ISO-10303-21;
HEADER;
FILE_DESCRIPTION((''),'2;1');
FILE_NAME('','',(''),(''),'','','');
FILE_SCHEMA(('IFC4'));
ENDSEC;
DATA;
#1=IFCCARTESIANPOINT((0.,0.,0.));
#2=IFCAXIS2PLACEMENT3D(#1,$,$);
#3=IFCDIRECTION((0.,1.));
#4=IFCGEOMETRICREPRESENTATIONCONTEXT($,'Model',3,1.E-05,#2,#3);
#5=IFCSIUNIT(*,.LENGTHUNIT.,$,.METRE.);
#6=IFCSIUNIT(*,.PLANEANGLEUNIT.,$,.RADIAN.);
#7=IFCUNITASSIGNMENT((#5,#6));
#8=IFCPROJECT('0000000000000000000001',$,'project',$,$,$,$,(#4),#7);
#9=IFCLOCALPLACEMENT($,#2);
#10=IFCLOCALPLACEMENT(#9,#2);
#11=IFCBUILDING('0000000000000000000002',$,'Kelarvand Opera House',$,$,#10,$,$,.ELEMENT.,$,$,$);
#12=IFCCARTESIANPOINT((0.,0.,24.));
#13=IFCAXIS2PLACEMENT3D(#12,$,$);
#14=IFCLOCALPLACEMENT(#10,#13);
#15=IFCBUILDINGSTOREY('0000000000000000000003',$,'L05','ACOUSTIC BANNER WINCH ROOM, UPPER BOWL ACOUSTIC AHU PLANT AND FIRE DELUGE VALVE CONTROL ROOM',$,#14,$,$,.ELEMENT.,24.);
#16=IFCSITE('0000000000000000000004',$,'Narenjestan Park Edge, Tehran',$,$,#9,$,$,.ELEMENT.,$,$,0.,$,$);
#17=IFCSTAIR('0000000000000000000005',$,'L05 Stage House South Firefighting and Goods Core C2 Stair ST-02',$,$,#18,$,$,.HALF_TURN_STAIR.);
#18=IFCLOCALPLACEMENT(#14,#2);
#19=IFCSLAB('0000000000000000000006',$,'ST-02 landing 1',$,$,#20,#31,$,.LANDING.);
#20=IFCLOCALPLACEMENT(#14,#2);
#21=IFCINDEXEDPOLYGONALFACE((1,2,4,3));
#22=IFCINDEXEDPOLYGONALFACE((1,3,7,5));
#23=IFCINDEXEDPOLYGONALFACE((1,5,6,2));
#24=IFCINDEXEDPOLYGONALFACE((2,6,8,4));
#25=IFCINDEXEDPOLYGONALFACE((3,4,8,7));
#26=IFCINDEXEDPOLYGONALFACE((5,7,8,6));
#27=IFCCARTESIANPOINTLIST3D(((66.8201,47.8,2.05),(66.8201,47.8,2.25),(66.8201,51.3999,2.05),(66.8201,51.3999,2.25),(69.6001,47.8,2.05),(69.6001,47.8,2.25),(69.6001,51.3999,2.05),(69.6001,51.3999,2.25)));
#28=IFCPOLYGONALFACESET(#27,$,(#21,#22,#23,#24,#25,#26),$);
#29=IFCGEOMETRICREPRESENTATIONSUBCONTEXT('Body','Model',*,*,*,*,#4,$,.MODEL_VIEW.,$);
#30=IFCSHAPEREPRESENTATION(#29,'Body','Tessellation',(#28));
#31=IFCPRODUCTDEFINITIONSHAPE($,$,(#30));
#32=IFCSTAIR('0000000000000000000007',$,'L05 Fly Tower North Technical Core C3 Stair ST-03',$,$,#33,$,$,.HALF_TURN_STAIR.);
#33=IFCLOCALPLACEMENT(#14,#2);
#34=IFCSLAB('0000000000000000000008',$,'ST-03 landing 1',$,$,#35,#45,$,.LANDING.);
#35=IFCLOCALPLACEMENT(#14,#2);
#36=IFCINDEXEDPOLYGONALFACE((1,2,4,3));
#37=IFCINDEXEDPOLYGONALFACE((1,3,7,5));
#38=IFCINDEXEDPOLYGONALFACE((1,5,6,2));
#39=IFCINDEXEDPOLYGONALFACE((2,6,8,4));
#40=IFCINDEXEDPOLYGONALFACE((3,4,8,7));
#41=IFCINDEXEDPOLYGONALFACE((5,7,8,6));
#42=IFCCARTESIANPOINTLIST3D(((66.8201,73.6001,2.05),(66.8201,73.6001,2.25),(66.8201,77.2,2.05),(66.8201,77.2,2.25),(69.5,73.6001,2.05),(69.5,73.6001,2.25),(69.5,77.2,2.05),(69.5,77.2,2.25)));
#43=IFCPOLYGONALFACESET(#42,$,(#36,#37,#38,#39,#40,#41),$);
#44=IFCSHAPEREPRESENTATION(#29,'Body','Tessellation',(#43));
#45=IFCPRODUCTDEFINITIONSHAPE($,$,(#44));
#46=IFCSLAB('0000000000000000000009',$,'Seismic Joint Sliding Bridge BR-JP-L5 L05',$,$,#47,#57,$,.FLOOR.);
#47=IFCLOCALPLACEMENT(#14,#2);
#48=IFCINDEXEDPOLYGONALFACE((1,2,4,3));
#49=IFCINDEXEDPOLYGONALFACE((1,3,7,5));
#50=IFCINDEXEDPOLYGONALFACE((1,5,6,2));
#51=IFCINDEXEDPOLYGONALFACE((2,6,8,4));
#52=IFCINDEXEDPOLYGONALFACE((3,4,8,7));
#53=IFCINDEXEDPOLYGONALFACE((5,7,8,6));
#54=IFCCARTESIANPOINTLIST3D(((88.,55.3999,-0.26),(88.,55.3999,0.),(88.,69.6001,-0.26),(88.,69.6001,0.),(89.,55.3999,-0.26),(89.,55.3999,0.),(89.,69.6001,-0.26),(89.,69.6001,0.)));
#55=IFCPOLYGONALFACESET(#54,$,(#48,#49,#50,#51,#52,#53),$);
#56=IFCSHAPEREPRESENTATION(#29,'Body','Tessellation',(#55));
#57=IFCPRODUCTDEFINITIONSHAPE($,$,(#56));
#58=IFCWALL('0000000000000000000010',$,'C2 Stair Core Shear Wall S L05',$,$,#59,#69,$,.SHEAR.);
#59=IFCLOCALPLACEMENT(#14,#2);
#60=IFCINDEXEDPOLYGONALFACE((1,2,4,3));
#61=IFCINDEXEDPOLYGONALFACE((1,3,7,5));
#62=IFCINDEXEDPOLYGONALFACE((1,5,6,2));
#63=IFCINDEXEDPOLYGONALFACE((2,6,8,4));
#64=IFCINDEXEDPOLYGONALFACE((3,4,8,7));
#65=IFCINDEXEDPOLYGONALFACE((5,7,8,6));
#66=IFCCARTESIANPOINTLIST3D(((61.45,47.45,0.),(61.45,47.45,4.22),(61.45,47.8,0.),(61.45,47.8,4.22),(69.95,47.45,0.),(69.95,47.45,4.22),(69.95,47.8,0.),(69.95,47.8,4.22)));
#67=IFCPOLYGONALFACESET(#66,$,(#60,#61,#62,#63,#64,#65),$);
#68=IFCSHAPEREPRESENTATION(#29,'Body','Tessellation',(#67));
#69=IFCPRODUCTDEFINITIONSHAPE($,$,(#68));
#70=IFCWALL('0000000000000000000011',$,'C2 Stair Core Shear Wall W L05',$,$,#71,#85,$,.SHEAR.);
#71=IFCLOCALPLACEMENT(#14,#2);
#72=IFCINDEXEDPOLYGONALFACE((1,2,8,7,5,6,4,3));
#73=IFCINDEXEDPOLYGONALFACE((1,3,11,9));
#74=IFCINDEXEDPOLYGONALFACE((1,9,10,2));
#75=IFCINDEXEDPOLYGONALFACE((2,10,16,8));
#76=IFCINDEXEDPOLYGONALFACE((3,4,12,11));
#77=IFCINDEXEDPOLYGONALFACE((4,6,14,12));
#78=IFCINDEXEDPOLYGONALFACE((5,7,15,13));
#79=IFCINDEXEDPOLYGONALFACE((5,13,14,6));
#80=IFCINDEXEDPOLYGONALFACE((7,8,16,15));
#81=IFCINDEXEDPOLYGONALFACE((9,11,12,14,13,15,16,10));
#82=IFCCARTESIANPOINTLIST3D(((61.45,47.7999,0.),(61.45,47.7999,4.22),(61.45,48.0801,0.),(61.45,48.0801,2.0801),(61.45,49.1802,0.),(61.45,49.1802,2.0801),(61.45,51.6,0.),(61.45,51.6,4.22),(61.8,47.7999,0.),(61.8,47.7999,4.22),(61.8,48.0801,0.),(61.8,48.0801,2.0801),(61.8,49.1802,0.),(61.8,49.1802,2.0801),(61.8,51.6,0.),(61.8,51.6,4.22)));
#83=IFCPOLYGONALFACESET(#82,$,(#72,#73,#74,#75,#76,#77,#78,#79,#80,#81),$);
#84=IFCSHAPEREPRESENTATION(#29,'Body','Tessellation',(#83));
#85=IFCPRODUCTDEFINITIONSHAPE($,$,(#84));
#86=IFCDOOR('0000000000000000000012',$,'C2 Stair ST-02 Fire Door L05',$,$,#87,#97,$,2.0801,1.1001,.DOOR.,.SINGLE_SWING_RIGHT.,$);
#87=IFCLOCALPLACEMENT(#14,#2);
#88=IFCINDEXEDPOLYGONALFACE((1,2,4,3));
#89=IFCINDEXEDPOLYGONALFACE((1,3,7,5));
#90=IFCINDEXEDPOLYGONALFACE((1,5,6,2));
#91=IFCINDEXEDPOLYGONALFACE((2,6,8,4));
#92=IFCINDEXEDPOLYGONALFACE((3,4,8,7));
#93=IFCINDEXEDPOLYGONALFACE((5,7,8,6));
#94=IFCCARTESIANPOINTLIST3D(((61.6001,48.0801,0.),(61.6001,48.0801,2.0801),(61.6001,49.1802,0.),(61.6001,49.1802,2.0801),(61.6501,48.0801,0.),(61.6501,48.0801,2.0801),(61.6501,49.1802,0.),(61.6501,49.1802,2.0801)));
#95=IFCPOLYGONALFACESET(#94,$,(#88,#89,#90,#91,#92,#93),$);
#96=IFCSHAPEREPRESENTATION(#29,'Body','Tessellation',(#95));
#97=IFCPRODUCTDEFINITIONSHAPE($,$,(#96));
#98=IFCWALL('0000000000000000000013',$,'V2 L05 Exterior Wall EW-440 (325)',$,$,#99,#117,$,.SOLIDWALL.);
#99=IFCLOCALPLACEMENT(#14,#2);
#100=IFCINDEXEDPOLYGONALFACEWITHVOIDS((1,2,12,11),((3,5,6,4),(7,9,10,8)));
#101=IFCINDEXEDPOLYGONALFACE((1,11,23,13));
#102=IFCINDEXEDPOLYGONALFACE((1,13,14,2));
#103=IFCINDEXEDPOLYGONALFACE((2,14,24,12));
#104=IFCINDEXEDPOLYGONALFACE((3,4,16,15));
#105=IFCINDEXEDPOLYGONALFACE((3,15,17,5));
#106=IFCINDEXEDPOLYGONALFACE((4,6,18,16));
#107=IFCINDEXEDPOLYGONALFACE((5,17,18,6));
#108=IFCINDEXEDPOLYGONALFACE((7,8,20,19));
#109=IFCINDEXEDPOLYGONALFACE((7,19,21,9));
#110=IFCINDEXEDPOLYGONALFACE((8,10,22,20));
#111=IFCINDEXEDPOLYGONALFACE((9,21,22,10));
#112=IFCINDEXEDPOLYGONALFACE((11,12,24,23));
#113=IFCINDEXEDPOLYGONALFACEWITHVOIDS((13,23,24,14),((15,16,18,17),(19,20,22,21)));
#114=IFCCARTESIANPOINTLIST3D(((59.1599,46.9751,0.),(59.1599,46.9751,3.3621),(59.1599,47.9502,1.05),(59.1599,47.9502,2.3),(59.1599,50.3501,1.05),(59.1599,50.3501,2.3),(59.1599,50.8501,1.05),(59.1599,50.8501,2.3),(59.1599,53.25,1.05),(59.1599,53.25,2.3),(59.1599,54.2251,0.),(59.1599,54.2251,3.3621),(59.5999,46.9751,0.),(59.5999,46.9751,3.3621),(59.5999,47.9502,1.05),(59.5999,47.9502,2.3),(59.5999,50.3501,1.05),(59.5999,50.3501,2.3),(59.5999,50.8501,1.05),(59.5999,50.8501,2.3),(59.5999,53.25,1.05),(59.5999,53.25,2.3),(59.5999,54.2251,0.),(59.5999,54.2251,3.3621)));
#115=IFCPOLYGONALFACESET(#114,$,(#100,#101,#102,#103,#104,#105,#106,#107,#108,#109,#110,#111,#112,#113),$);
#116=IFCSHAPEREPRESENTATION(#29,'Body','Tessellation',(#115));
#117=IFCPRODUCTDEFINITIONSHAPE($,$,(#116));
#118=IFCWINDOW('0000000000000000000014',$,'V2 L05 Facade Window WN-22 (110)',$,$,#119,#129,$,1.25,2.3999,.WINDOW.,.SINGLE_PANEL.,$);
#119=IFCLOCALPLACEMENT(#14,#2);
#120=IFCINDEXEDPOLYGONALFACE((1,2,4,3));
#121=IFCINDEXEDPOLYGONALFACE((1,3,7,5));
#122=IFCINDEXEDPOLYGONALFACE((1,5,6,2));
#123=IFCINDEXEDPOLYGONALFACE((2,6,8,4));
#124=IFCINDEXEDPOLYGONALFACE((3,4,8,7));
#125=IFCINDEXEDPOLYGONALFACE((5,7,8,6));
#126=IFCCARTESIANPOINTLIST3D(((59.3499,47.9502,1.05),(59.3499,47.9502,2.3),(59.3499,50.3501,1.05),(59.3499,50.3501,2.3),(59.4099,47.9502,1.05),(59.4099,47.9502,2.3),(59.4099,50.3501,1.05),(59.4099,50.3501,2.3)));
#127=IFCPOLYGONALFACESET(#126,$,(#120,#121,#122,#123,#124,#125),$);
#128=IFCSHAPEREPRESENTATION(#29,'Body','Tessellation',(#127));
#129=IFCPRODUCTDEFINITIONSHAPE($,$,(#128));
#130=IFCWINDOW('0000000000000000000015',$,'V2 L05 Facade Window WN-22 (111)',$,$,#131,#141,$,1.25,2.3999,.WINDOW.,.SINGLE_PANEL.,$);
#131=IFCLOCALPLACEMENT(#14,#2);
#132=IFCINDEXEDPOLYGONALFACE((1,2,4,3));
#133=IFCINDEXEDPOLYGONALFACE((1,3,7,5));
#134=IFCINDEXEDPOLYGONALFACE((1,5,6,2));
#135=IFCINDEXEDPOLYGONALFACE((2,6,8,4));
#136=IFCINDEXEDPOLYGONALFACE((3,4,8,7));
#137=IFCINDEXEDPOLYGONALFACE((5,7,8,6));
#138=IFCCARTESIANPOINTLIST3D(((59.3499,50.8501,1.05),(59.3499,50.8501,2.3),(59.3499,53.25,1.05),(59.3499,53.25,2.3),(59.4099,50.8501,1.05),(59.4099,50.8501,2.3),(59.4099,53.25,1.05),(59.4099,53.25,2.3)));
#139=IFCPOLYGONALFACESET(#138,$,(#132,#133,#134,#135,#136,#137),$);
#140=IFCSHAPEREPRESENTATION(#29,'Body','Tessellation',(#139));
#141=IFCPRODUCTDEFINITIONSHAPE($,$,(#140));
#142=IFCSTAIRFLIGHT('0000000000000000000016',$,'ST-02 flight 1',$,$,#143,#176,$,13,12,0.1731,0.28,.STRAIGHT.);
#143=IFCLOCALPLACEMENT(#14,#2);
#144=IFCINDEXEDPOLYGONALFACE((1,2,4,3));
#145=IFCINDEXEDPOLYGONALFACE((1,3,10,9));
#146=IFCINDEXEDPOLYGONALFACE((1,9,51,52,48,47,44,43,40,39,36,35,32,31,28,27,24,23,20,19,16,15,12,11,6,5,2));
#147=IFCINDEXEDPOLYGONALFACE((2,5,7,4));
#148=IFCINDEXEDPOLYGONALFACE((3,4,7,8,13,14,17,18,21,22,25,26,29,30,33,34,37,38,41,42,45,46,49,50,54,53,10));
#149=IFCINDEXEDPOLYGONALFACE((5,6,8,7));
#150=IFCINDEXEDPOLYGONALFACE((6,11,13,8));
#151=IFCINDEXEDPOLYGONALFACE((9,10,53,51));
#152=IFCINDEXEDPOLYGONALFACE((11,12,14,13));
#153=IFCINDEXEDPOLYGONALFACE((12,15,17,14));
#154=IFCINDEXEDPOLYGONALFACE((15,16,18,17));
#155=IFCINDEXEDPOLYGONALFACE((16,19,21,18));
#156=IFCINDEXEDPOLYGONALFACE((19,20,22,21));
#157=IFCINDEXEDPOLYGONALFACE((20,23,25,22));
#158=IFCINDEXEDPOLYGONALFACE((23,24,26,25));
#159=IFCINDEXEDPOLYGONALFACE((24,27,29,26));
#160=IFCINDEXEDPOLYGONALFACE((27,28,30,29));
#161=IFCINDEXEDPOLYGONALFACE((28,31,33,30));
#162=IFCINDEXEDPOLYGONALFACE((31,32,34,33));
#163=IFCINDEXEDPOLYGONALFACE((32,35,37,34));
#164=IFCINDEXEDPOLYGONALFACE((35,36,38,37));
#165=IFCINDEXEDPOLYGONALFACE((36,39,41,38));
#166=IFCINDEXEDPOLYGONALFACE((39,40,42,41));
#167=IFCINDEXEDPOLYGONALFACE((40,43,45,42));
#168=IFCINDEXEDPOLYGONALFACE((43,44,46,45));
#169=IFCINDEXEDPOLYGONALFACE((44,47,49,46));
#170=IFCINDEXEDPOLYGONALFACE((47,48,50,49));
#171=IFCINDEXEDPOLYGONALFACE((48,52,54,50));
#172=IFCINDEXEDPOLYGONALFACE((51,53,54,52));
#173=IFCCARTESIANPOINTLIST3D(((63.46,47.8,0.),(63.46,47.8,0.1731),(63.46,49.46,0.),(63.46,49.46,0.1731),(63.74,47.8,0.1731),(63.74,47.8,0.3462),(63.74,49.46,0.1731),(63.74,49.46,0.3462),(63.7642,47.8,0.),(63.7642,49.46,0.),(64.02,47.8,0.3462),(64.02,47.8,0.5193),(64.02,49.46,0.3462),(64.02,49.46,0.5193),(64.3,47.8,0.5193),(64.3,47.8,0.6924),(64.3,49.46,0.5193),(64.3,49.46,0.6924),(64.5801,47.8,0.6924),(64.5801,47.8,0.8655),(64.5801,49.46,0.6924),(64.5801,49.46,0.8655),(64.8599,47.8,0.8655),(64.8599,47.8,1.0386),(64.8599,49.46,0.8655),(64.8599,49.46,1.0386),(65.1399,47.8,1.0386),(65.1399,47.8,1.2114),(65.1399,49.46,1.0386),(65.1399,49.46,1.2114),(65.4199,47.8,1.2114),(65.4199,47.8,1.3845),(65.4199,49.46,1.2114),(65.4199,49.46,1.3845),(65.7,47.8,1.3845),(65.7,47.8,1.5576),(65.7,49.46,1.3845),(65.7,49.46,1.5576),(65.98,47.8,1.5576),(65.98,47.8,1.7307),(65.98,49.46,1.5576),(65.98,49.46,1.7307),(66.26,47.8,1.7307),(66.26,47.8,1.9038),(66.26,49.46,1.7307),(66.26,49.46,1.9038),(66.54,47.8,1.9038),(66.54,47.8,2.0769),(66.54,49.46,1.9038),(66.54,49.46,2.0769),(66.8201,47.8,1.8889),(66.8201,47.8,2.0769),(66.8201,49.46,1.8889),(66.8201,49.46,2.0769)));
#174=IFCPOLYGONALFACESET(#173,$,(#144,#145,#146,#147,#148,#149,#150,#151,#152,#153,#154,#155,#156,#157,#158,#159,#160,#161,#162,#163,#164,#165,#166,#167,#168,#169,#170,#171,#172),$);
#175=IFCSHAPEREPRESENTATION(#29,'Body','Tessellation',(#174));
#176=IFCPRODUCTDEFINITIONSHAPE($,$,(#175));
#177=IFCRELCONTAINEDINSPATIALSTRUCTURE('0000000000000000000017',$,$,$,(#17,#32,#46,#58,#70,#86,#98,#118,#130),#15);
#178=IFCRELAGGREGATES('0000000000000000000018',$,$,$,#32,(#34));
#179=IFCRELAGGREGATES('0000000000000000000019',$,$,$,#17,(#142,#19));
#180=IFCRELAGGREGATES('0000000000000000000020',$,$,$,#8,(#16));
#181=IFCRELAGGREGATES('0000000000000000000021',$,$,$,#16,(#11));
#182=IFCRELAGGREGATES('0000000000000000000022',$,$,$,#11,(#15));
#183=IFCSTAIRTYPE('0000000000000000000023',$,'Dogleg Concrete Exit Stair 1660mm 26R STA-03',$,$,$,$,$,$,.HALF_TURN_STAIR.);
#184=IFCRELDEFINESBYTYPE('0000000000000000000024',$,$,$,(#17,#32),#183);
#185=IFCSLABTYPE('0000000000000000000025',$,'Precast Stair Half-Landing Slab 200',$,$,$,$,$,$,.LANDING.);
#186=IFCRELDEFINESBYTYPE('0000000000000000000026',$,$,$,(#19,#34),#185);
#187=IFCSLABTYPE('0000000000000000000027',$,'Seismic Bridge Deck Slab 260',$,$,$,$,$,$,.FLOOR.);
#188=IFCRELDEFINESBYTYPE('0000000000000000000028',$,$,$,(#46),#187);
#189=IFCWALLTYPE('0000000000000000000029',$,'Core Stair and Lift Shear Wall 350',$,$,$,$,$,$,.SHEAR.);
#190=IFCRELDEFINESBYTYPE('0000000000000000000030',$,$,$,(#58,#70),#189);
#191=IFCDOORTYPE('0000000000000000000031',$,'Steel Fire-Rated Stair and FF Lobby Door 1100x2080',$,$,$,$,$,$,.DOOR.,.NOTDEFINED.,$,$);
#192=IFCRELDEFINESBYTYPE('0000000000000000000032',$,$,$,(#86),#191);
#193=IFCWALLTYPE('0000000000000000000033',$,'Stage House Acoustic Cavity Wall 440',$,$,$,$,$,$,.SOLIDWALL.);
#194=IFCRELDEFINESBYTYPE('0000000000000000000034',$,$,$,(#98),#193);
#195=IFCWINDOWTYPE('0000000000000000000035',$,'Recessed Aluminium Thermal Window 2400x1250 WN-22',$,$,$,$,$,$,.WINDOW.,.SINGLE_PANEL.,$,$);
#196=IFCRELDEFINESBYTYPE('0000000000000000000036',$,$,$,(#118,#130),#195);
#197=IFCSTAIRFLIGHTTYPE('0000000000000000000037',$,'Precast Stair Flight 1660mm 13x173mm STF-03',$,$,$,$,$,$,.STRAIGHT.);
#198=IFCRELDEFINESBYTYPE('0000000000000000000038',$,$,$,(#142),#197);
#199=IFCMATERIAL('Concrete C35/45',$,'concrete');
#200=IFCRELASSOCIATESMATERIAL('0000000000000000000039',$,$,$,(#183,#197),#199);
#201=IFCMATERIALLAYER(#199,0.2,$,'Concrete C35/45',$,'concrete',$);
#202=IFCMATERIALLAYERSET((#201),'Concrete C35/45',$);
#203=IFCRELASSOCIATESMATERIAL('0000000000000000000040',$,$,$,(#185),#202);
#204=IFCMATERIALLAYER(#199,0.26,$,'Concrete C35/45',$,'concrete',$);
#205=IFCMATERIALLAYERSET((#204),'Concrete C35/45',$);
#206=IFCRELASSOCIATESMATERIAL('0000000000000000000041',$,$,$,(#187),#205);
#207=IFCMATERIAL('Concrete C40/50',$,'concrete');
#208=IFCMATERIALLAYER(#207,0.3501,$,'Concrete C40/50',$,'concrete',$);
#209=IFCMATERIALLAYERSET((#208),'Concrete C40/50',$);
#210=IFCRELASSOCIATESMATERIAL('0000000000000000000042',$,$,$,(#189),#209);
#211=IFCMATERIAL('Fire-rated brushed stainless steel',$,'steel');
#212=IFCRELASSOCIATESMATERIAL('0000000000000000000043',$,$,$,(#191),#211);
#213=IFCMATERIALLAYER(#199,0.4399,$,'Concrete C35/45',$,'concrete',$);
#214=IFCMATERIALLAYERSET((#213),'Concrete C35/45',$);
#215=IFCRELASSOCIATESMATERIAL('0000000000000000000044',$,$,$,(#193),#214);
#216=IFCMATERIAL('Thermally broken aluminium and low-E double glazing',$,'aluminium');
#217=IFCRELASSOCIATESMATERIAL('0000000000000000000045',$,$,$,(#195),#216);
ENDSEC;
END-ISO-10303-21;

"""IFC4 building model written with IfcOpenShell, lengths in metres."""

from ifc_helpers import new_model, si_unit, direction, frame, frame_2d, origin, place, context, subcontext, project, spatial, polyline, rectangle, outline, extrude, material, layer, layer_set, type_object, element, fill, aggregate, save


model = new_model("IFC4")

# Units and contexts
model_context = context("Model", 3, precision=1e-05, world=origin(), true_north=direction((0.0, 1.0)))
body_context = subcontext(model_context, "Body", "Model", "MODEL_VIEW")
ifc_project = project(units=[si_unit("LENGTHUNIT", "METRE"), si_unit("PLANEANGLEUNIT", "RADIAN")], contexts=[model_context])

# Site, building, storey
site_placement = place(None, origin())
site = spatial("IfcSite", under=ifc_project, at=site_placement, Name="Narenjestan Park Edge, Tehran", CompositionType="ELEMENT", RefElevation=0.0)
building_placement = place(site_placement, origin())
building = spatial("IfcBuilding", under=site, at=building_placement, Name="Kelarvand Opera House", CompositionType="ELEMENT")
storey_placement = place(building_placement, frame((0.0, 0.0, 24.0)))
storey = spatial("IfcBuildingStorey", under=building, at=storey_placement, Name="L05", Description="ACOUSTIC BANNER WINCH ROOM, UPPER BOWL ACOUSTIC AHU PLANT AND FIRE DELUGE VALVE CONTROL ROOM", CompositionType="ELEMENT", Elevation=24.0)

# Shared definitions
ifc_material_1 = material(Name="Concrete C40/50", Category="concrete")

# Shared definitions
ifc_material_2 = material(Name="Concrete C35/45", Category="concrete")

# Stairs, slabs
stair_type = type_object("IfcStairType", Name="Dogleg Concrete Exit Stair 1660mm 26R STA-03", PredefinedType="HALF_TURN_STAIR", material=ifc_material_2)
stair_1_placement = place(storey_placement, origin())
stair_1 = element("IfcStair", 1, at=stair_1_placement, inside=storey, type_object=stair_type, Name="L05 Stage House South Firefighting and Goods Core C2 Stair ST-02", PredefinedType="HALF_TURN_STAIR")
ifc_layer_1 = layer(ifc_material_2, 0.2, Name="Concrete C35/45", Category="concrete")
ifc_layer_set_1 = layer_set([ifc_layer_1], Name="Concrete C35/45")
slab_type_1 = type_object("IfcSlabType", Name="Precast Stair Half-Landing Slab 200", PredefinedType="LANDING", material=ifc_layer_set_1)
slab_1_placement = place(storey_placement, frame((0.0, 0.0, 2.05)))
slab_1 = element("IfcSlab", 2, at=slab_1_placement, type_object=slab_type_1, Name="ST-02 landing 1", PredefinedType="LANDING", context=body_context, shape_type="SweptSolid", body=[
    extrude(outline(polyline([(66.8201, 47.8), (69.6001, 47.8), (69.6001, 51.3999), (66.8201, 51.3999), (66.8201, 47.8)])), origin(), (0.0, 0.0, 1.0), 0.2),
])
stair_2_placement = place(storey_placement, origin())
stair_2 = element("IfcStair", 3, at=stair_2_placement, inside=storey, type_object=stair_type, Name="L05 Fly Tower North Technical Core C3 Stair ST-03", PredefinedType="HALF_TURN_STAIR")
slab_2_placement = place(storey_placement, frame((0.0, 0.0, 2.05)))
slab_2 = element("IfcSlab", 4, at=slab_2_placement, type_object=slab_type_1, Name="ST-03 landing 1", PredefinedType="LANDING", context=body_context, shape_type="SweptSolid", body=[
    extrude(outline(polyline([(66.8201, 73.6001), (69.5, 73.6001), (69.5, 77.2), (66.8201, 77.2), (66.8201, 73.6001)])), origin(), (0.0, 0.0, 1.0), 0.2),
])
aggregate(stair_2, [slab_2])

# Slab
ifc_layer_2 = layer(ifc_material_2, 0.26, Name="Concrete C35/45", Category="concrete")
ifc_layer_set_2 = layer_set([ifc_layer_2], Name="Concrete C35/45")
slab_type_2 = type_object("IfcSlabType", Name="Seismic Bridge Deck Slab 260", PredefinedType="FLOOR", material=ifc_layer_set_2)
slab_3_placement = place(storey_placement, frame((0.0, 0.0, -0.26)))
element("IfcSlab", 5, at=slab_3_placement, inside=storey, type_object=slab_type_2, Name="Seismic Joint Sliding Bridge BR-JP-L5 L05", PredefinedType="FLOOR", context=body_context, shape_type="SweptSolid", body=[
    extrude(outline(polyline([(88.0, 55.3999), (89.0, 55.3999), (89.0, 69.6001), (88.0, 69.6001), (88.0, 55.3999)])), origin(), (0.0, 0.0, 1.0), 0.26),
])

# Wall
ifc_layer_3 = layer(ifc_material_1, 0.3501, Name="Concrete C40/50", Category="concrete")
ifc_layer_set_3 = layer_set([ifc_layer_3], Name="Concrete C40/50")
wall_type_1 = type_object("IfcWallType", Name="Core Stair and Lift Shear Wall 350", PredefinedType="SHEAR", material=ifc_layer_set_3)
wall_1_placement = place(storey_placement, frame((61.45, 47.625, 0.0), z_axis=(0.0, 0.0, 1.0), x_axis=(1.0, 0.0, 0.0)))
element("IfcWall", 6, at=wall_1_placement, inside=storey, type_object=wall_type_1, Name="C2 Stair Core Shear Wall S L05", PredefinedType="SHEAR", context=body_context, shape_type="SweptSolid", body=[
    extrude(rectangle(XDim=8.5, YDim=0.3501, at=frame_2d((4.25, 0.0))), origin(), (0.0, 0.0, 1.0), 4.22),
])

# Wall, opening, door
wall_2_placement = place(storey_placement, frame((61.625, 47.8, 0.0), z_axis=(0.0, 0.0, 1.0), x_axis=(0.0, 1.0, 0.0)))
wall_2 = element("IfcWall", 7, at=wall_2_placement, inside=storey, type_object=wall_type_1, Name="C2 Stair Core Shear Wall W L05", PredefinedType="SHEAR", context=body_context, shape_type="SweptSolid", body=[
    extrude(rectangle(XDim=3.8, YDim=0.3501, at=frame_2d((1.8999, 0.0))), origin(), (0.0, 0.0, 1.0), 4.22),
])
opening_1_placement = place(wall_2_placement, frame((0.28, 0.0, 0.0)))
opening_1 = element("IfcOpeningElement", 8, at=opening_1_placement, cuts=wall_2, PredefinedType="OPENING", context=body_context, shape_type="SweptSolid", body=[
    extrude(rectangle(XDim=1.1001, YDim=2.0801, at=frame_2d((0.55, 1.04))), frame((0.0, 0.1851, 0.0), z_axis=(0.0, -1.0, 0.0), x_axis=(1.0, 0.0, 0.0)), (0.0, 0.0, 1.0), 0.3701),
])
ifc_material_3 = material(Name="Fire-rated brushed stainless steel", Category="steel")
door_type = type_object("IfcDoorType", Name="Steel Fire-Rated Stair and FF Lobby Door 1100x2080", OperationType="NOTDEFINED", PredefinedType="DOOR", material=ifc_material_3)
door_placement = place(opening_1_placement, origin())
door = element("IfcDoor", 9, at=door_placement, inside=storey, type_object=door_type, Name="C2 Stair ST-02 Fire Door L05", OperationType="SINGLE_SWING_RIGHT", OverallHeight=2.0801, OverallWidth=1.1001, PredefinedType="DOOR", context=body_context, shape_type="SweptSolid", body=[
    extrude(rectangle(XDim=1.1001, YDim=2.0801, at=frame_2d((0.55, 1.04))), frame((0.0, 0.0249, 0.0), z_axis=(0.0, -1.0, 0.0), x_axis=(1.0, 0.0, 0.0)), (0.0, 0.0, 1.0), 0.05),
])
fill(opening_1, door)

# Wall, openings, windows
ifc_layer_4 = layer(ifc_material_2, 0.4399, Name="Concrete C35/45", Category="concrete")
ifc_layer_set_4 = layer_set([ifc_layer_4], Name="Concrete C35/45")
wall_type_2 = type_object("IfcWallType", Name="Stage House Acoustic Cavity Wall 440", PredefinedType="SOLIDWALL", material=ifc_layer_set_4)
wall_3_placement = place(storey_placement, frame((59.3799, 46.9751, 0.0), z_axis=(0.0, 0.0, 1.0), x_axis=(0.0, 1.0, 0.0)))
wall_3 = element("IfcWall", 10, at=wall_3_placement, inside=storey, type_object=wall_type_2, Name="V2 L05 Exterior Wall EW-440 (325)", PredefinedType="SOLIDWALL", context=body_context, shape_type="SweptSolid", body=[
    extrude(rectangle(XDim=7.25, YDim=0.4399, at=frame_2d((3.625, 0.0))), origin(), (0.0, 0.0, 1.0), 3.3621),
])
opening_2_placement = place(wall_3_placement, frame((0.9751, 0.0, 1.05)))
opening_2 = element("IfcOpeningElement", 11, at=opening_2_placement, cuts=wall_3, PredefinedType="OPENING", context=body_context, shape_type="SweptSolid", body=[
    extrude(rectangle(XDim=2.3999, YDim=1.25, at=frame_2d((1.2, 0.625))), frame((0.0, 0.23, 0.0), z_axis=(0.0, -1.0, 0.0), x_axis=(1.0, 0.0, 0.0)), (0.0, 0.0, 1.0), 0.46),
])
opening_3_placement = place(wall_3_placement, frame((3.875, 0.0, 1.05)))
opening_3 = element("IfcOpeningElement", 12, at=opening_3_placement, cuts=wall_3, PredefinedType="OPENING", context=body_context, shape_type="SweptSolid", body=[
    extrude(rectangle(XDim=2.3999, YDim=1.25, at=frame_2d((1.2, 0.625))), frame((0.0, 0.23, 0.0), z_axis=(0.0, -1.0, 0.0), x_axis=(1.0, 0.0, 0.0)), (0.0, 0.0, 1.0), 0.46),
])
ifc_material_4 = material(Name="Thermally broken aluminium and low-E double glazing", Category="aluminium")
window_type_1 = type_object("IfcWindowType", Name="Recessed Aluminium Thermal Window 2400x1250 WN-22", PartitioningType="SINGLE_PANEL", PredefinedType="WINDOW", material=ifc_material_4)
window_1_placement = place(opening_2_placement, origin())
window_1 = element("IfcWindow", 13, at=window_1_placement, inside=storey, type_object=window_type_1, Name="V2 L05 Facade Window WN-22 (110)", OverallHeight=1.25, OverallWidth=2.3999, PartitioningType="SINGLE_PANEL", PredefinedType="WINDOW", context=body_context, shape_type="SweptSolid", body=[
    extrude(rectangle(XDim=2.3999, YDim=1.25, at=frame_2d((1.2, 0.625))), frame((0.0, 0.03, 0.0), z_axis=(0.0, -1.0, 0.0), x_axis=(1.0, 0.0, 0.0)), (0.0, 0.0, 1.0), 0.0601),
])
fill(opening_2, window_1)
window_2_placement = place(opening_3_placement, origin())
window_2 = element("IfcWindow", 14, at=window_2_placement, inside=storey, type_object=window_type_1, Name="V2 L05 Facade Window WN-22 (111)", OverallHeight=1.25, OverallWidth=2.3999, PartitioningType="SINGLE_PANEL", PredefinedType="WINDOW", context=body_context, shape_type="SweptSolid", body=[
    extrude(rectangle(XDim=2.3999, YDim=1.25, at=frame_2d((1.2, 0.625))), frame((0.0, 0.03, 0.0), z_axis=(0.0, -1.0, 0.0), x_axis=(1.0, 0.0, 0.0)), (0.0, 0.0, 1.0), 0.0601),
])
fill(opening_3, window_2)

# Stair flight
stair_flight_type = type_object("IfcStairFlightType", Name="Precast Stair Flight 1660mm 13x173mm STF-03", PredefinedType="STRAIGHT", material=ifc_material_2)
stair_flight_placement = place(storey_placement, frame((63.46, 48.6299, 0.0), z_axis=(0.0, 0.0, 1.0), x_axis=(1.0, 0.0, 0.0)))
stair_flight = element("IfcStairFlight", 15, at=stair_flight_placement, type_object=stair_flight_type, Name="ST-02 flight 1", NumberOfRisers=13, NumberOfTreads=12, PredefinedType="STRAIGHT", RiserHeight=0.1731, TreadLength=0.28, context=body_context, shape_type="SweptSolid", body=[
    extrude(outline(polyline([(0.0, 0.0), (0.0, 0.1731), (0.28, 0.1731), (0.28, 0.3462), (0.5601, 0.3462), (0.5601, 0.5193), (0.8401, 0.5193), (0.8401, 0.6924), (1.1201, 0.6924), (1.1201, 0.8655), (1.3999, 0.8655), (1.3999, 1.0386), (1.6799, 1.0386), (1.6799, 1.2114), (1.96, 1.2114), (1.96, 1.3845), (2.24, 1.3845), (2.24, 1.5576), (2.52, 1.5576), (2.52, 1.7307), (2.8, 1.7307), (2.8, 1.9038), (3.0801, 1.9038), (3.0801, 2.0769), (3.3601, 2.0769), (3.3601, 2.25), (3.3601, 1.8889), (0.3042, 0.0), (0.0, 0.0)])), frame((0.0, 0.8301, 0.0), z_axis=(0.0, -1.0, 0.0), x_axis=(1.0, 0.0, 0.0)), (0.0, 0.0, 1.0), 1.6599),
])
aggregate(stair_1, [stair_flight, slab_1])

save(model, "model.ifc")
